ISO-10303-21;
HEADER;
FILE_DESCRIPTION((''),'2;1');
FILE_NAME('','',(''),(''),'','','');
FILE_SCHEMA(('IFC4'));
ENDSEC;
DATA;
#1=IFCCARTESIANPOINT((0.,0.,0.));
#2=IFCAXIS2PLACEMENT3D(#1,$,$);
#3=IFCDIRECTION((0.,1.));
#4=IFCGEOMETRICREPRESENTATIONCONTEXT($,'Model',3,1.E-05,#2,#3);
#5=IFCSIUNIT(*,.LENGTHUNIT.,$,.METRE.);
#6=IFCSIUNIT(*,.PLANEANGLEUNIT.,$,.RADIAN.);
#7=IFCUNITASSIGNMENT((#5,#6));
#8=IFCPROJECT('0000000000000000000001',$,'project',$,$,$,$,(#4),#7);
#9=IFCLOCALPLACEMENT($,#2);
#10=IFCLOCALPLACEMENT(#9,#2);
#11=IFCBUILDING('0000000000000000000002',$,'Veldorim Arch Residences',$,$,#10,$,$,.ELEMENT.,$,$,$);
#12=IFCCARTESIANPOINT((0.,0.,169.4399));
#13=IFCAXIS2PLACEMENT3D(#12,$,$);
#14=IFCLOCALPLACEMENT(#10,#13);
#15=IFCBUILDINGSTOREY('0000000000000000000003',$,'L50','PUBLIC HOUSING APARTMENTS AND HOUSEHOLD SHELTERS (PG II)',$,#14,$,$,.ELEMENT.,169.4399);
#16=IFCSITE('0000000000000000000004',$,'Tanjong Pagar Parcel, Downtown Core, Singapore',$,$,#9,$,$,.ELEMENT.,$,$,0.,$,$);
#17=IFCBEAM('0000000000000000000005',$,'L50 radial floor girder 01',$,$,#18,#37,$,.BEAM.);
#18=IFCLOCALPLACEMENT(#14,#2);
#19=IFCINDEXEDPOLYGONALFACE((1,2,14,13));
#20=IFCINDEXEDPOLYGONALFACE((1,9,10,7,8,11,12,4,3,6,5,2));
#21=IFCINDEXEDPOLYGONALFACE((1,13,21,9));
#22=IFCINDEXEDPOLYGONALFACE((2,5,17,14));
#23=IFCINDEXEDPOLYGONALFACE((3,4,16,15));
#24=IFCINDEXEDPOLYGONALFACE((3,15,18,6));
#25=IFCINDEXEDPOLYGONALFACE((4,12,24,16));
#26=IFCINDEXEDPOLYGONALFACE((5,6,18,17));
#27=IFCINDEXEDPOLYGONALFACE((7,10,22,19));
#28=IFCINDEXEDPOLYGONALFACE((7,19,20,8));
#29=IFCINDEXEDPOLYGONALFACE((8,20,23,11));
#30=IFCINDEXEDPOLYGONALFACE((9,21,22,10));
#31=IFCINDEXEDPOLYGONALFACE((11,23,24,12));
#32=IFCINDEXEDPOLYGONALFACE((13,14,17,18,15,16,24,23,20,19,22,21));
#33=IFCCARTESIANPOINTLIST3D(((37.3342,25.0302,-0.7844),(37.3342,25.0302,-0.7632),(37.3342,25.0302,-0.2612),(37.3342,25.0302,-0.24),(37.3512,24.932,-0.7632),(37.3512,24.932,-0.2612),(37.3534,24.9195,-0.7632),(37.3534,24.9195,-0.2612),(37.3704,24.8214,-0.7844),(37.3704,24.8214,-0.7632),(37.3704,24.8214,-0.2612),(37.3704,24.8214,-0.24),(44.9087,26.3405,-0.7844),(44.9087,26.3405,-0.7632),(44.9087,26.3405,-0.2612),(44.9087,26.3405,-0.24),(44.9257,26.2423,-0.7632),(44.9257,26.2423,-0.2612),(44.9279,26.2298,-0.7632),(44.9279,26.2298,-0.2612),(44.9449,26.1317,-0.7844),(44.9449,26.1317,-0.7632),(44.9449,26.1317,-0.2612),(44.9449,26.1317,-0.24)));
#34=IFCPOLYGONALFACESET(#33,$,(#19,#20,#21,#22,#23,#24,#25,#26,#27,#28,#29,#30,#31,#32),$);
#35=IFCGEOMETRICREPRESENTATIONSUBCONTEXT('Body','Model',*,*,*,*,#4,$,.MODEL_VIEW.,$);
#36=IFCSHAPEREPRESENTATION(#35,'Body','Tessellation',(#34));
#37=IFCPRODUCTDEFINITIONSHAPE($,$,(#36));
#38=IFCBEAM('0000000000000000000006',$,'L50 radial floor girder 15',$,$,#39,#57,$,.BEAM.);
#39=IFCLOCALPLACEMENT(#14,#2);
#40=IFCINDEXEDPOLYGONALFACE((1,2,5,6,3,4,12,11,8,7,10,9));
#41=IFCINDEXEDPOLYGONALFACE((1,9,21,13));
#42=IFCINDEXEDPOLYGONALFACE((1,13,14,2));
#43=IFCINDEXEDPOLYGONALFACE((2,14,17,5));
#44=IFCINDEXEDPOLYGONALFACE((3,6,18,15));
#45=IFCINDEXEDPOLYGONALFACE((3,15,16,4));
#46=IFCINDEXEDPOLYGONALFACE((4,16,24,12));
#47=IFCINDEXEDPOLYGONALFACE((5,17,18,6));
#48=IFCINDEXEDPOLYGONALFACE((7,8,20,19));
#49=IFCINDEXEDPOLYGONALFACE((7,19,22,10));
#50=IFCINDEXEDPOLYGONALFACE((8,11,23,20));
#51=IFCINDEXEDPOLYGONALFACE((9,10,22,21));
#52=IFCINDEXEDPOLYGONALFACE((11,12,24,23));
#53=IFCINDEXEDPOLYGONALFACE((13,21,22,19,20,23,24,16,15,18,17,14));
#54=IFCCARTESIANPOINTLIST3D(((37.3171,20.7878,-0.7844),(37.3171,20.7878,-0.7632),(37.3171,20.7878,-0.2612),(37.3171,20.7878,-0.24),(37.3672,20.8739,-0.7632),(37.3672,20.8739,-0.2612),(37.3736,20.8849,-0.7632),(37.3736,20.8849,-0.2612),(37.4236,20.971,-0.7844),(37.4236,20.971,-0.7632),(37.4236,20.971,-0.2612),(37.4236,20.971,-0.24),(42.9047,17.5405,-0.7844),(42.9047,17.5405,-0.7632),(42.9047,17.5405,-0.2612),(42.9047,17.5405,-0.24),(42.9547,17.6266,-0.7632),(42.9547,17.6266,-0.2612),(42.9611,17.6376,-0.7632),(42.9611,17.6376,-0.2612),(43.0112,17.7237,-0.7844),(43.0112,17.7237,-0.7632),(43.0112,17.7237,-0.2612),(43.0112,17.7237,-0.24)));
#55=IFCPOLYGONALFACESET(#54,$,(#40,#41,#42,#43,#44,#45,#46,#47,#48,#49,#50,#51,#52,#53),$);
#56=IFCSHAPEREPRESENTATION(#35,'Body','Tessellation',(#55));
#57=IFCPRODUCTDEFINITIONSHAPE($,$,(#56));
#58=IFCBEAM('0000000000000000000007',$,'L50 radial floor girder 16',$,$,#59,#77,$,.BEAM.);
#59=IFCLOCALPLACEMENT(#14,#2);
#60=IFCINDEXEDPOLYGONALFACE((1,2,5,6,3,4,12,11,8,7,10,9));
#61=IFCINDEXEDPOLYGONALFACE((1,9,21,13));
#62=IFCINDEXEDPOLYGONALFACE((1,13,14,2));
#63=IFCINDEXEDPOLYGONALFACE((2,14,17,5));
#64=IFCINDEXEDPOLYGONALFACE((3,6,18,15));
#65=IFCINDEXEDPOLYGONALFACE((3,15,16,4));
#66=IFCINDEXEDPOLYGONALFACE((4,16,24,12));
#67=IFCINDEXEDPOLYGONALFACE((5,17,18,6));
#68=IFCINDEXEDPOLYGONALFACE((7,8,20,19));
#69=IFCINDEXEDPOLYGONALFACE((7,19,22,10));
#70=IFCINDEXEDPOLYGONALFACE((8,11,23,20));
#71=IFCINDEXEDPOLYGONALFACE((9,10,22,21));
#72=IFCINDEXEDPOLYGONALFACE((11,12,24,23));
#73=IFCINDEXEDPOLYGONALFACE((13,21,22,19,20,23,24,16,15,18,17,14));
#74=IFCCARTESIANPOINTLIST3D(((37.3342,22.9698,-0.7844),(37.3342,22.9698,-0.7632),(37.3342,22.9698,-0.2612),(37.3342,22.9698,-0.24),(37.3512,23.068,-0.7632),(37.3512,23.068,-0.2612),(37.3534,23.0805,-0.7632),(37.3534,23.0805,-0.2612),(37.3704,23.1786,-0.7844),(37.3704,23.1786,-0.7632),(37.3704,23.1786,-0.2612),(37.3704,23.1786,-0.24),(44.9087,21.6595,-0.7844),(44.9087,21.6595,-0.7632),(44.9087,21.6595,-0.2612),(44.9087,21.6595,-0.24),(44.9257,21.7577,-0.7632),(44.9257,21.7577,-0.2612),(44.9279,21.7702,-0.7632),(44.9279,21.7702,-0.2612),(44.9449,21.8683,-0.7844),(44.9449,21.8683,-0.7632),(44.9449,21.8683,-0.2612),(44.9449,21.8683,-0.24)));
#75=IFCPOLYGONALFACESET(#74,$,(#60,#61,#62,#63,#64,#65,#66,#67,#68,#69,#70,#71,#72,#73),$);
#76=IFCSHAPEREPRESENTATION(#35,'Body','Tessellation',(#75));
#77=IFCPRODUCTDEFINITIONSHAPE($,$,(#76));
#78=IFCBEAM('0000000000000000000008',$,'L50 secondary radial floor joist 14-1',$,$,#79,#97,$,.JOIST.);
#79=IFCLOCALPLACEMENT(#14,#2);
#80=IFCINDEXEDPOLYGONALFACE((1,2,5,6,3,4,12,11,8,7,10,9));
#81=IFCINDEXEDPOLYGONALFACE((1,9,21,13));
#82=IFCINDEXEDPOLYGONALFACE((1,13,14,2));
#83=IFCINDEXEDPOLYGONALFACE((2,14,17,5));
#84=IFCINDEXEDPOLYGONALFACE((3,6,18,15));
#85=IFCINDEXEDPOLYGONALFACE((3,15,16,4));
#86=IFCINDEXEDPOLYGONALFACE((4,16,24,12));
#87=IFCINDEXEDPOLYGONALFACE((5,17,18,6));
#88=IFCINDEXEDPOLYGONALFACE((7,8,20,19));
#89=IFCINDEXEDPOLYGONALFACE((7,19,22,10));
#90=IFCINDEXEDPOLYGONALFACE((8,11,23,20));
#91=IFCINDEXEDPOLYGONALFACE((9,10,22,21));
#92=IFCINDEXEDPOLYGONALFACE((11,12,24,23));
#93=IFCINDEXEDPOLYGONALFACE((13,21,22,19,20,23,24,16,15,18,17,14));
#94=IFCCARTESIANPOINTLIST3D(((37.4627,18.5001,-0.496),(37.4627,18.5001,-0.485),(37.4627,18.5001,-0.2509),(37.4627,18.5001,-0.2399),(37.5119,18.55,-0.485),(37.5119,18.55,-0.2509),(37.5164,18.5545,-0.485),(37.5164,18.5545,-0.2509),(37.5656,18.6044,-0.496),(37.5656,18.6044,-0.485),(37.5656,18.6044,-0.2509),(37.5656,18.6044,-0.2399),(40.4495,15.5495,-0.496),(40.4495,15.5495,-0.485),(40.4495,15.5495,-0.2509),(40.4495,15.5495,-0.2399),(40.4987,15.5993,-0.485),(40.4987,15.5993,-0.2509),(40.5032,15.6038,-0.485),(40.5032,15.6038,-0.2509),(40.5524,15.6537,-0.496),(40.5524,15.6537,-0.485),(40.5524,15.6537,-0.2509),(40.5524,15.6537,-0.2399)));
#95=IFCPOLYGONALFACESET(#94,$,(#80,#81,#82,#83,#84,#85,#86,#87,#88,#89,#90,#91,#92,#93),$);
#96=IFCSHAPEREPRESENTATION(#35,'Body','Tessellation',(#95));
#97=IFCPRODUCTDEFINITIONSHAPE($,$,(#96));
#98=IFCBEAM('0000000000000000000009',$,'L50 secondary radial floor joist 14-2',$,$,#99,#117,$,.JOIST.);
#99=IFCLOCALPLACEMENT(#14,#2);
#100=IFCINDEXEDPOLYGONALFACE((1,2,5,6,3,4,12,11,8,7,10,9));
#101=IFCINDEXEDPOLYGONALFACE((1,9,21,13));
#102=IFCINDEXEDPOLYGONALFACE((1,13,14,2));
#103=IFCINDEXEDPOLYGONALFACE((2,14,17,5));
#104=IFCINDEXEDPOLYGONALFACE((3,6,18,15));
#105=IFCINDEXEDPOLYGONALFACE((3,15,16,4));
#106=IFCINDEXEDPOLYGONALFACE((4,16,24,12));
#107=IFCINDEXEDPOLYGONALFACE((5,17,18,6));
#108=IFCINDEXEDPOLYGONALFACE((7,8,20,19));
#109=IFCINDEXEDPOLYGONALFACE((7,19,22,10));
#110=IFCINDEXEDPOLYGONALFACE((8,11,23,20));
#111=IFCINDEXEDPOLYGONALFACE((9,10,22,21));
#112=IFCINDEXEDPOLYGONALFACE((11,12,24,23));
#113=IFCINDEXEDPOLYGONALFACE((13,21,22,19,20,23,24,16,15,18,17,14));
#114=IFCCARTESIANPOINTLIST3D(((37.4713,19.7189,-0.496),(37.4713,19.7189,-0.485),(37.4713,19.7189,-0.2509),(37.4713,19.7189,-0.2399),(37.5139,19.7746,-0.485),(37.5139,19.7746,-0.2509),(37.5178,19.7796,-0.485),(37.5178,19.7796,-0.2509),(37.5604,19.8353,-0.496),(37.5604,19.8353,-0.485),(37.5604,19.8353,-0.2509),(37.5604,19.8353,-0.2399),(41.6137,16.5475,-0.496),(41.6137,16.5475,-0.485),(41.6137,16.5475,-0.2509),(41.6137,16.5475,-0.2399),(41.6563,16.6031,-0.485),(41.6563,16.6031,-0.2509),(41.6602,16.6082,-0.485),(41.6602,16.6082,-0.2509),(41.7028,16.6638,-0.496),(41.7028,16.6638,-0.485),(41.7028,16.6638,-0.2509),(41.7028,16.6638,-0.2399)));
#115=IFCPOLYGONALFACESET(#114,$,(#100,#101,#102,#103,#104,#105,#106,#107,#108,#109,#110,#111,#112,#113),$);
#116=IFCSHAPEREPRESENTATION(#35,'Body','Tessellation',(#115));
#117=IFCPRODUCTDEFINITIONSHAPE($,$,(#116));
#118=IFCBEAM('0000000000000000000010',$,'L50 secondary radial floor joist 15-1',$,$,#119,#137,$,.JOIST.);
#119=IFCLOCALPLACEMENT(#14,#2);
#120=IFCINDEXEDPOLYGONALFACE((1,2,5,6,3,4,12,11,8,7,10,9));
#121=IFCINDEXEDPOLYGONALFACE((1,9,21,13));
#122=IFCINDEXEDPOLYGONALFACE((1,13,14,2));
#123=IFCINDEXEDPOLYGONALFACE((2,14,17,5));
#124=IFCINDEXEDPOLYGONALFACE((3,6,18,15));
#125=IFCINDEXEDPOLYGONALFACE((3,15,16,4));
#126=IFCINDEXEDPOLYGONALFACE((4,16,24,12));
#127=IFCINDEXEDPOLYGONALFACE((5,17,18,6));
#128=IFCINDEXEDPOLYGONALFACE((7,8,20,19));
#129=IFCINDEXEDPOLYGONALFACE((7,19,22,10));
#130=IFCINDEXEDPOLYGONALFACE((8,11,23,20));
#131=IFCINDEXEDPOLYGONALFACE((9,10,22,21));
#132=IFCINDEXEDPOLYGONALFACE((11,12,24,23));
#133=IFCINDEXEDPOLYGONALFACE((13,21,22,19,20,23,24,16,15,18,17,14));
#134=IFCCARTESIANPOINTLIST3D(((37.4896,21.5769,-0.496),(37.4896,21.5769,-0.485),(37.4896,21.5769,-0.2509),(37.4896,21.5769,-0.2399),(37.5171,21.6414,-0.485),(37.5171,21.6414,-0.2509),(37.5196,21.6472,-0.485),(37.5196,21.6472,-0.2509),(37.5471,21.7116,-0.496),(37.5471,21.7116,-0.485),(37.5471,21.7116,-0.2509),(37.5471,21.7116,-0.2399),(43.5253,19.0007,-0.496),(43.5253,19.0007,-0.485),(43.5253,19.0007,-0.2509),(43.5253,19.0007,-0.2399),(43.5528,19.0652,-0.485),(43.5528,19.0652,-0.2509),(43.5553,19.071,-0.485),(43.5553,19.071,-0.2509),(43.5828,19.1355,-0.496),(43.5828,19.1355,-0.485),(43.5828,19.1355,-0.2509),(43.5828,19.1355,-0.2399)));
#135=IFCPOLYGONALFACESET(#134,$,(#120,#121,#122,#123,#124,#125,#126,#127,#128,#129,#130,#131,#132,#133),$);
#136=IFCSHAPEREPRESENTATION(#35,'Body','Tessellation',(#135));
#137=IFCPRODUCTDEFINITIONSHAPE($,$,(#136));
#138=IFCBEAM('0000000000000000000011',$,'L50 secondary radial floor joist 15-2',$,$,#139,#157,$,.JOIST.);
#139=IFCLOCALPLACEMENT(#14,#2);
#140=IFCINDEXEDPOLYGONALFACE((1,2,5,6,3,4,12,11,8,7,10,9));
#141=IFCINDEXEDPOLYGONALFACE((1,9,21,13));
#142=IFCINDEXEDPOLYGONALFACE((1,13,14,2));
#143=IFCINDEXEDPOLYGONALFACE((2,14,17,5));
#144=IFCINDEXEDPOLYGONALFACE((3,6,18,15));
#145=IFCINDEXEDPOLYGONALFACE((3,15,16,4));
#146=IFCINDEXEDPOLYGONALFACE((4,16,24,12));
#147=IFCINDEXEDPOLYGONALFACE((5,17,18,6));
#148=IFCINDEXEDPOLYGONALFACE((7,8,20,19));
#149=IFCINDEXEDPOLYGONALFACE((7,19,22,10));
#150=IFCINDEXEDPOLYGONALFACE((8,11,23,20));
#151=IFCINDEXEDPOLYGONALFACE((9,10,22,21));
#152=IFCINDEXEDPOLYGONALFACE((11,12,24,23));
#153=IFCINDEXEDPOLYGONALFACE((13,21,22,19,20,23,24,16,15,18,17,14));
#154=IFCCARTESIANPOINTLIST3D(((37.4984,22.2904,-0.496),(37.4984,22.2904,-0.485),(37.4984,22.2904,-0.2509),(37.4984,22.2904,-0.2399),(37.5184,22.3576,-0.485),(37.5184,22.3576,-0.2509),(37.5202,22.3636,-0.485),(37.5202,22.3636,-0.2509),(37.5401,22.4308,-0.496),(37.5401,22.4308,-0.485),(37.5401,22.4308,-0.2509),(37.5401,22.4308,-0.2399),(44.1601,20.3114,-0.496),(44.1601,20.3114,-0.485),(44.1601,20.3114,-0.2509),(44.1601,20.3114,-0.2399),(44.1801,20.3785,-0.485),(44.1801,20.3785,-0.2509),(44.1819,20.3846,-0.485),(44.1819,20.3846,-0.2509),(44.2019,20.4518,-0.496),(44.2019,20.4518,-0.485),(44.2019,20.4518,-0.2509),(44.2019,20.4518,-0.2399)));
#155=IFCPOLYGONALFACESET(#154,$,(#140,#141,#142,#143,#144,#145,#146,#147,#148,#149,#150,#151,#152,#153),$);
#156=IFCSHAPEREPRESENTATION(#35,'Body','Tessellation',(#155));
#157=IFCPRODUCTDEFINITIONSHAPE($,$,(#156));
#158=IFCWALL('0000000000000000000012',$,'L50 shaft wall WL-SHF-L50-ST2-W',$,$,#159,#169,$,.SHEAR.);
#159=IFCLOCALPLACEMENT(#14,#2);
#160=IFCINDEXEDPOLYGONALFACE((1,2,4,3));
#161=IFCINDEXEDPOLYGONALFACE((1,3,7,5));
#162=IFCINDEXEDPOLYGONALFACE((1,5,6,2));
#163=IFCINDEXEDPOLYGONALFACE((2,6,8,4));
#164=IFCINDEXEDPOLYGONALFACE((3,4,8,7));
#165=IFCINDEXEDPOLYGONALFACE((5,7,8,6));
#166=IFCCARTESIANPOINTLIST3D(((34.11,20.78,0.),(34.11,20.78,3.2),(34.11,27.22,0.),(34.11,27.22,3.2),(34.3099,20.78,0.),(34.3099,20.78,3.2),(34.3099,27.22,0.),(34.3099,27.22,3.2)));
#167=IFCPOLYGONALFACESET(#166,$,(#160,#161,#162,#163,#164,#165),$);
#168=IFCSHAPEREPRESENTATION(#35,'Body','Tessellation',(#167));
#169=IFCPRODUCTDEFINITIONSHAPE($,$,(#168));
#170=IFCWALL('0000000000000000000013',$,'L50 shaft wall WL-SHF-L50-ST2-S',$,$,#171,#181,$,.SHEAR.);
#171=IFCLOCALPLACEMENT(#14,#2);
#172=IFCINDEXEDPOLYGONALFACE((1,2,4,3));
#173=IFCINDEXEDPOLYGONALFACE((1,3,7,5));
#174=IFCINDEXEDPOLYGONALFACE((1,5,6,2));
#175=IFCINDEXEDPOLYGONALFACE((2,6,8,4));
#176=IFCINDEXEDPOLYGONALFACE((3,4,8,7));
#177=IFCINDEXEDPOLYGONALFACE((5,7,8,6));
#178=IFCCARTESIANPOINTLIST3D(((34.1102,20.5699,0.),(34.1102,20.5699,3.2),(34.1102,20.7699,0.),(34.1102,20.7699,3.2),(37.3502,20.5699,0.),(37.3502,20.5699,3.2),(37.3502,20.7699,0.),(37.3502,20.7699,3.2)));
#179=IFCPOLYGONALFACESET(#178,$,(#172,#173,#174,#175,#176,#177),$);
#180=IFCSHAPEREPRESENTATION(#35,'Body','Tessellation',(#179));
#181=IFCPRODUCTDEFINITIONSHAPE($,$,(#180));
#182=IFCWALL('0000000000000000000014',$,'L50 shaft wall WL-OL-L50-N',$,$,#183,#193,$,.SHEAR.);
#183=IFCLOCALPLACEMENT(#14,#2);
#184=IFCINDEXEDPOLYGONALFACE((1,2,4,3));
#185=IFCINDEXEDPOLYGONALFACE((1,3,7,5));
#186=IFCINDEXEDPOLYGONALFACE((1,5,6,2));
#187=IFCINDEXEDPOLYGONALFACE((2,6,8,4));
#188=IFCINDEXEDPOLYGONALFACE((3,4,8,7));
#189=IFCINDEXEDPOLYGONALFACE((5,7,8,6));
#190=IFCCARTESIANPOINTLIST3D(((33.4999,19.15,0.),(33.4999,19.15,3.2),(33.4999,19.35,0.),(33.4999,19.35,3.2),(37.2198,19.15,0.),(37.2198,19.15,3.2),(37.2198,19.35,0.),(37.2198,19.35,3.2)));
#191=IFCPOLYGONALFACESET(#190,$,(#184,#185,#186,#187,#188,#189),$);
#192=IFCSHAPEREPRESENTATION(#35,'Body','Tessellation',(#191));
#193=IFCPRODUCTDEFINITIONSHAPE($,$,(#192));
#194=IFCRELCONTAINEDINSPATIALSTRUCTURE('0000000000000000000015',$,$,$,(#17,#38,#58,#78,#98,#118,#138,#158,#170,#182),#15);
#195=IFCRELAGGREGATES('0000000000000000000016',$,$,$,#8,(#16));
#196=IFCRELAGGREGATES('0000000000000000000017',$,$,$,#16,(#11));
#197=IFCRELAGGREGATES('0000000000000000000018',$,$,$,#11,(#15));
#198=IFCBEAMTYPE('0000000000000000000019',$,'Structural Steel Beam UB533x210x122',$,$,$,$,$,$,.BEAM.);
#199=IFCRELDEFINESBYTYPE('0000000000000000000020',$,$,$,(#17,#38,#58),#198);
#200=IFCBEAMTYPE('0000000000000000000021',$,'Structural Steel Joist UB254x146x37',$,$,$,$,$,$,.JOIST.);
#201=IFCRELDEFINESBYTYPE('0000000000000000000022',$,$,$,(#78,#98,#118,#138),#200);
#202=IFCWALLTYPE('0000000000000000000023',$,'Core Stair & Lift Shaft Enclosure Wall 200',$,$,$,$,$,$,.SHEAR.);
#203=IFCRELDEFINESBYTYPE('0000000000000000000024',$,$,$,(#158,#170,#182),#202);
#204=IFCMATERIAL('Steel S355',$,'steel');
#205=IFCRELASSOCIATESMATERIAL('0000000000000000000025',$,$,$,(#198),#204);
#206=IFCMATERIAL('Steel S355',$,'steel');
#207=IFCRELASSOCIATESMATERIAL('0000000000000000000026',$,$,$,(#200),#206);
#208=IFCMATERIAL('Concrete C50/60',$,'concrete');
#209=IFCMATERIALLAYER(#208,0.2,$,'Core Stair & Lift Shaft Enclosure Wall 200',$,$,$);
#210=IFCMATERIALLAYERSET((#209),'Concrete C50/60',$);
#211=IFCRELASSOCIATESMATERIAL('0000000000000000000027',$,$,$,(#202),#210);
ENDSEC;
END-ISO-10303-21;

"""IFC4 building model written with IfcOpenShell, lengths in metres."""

from ifc_helpers import new_model, si_unit, direction, frame, frame_2d, origin, origin_2d, place, context, subcontext, project, spatial, rectangle, i_section, extrude, material, layer, layer_set, material_profile, profile_set, type_object, element, save


model = new_model("IFC4")

# Units and contexts
model_context = context("Model", 3, precision=1e-05, world=origin(), true_north=direction((0.0, 1.0)))
body_context = subcontext(model_context, "Body", "Model", "MODEL_VIEW")
ifc_project = project(units=[si_unit("LENGTHUNIT", "METRE"), si_unit("PLANEANGLEUNIT", "RADIAN")], contexts=[model_context])

# Site, building, storey
site_placement = place(None, origin())
site = spatial("IfcSite", under=ifc_project, at=site_placement, Name="Tanjong Pagar Parcel, Downtown Core, Singapore", CompositionType="ELEMENT", RefElevation=0.0)
building_placement = place(site_placement, origin())
building = spatial("IfcBuilding", under=site, at=building_placement, Name="Veldorim Arch Residences", CompositionType="ELEMENT")
storey_placement = place(building_placement, frame((0.0, 0.0, 169.4399)))
storey = spatial("IfcBuildingStorey", under=building, at=storey_placement, Name="L50", Description="PUBLIC HOUSING APARTMENTS AND HOUSEHOLD SHELTERS (PG II)", CompositionType="ELEMENT", Elevation=169.4399)

# Beams
ifc_material_1 = material(Name="Steel S355", Category="steel")
ifc_material_profile_1 = material_profile(ifc_material_1, i_section(OverallWidth=0.2119, OverallDepth=0.5444, WebThickness=0.0127, FlangeThickness=0.0212, at=origin_2d()), Name="UB533x210x122")
ifc_profile_set_1 = profile_set([ifc_material_profile_1], Name="Steel S355")
beam_type_1 = type_object("IfcBeamType", Name="Structural Steel Beam UB533x210x122", PredefinedType="BEAM", material=ifc_profile_set_1)
beam_1_placement = place(storey_placement, frame((37.3523, 24.9258, -0.5122), z_axis=(0.985365, 0.170458, 0.0), x_axis=(-0.170458, 0.985365, 0.0)))
element("IfcBeam", 1, at=beam_1_placement, inside=storey, type_object=beam_type_1, Name="L50 radial floor girder 01", PredefinedType="BEAM", context=body_context, shape_type="SweptSolid", body=[
    extrude(i_section(OverallWidth=0.2119, OverallDepth=0.5444, WebThickness=0.0127, FlangeThickness=0.0212, at=origin_2d()), origin(), (0.0, 0.0, 1.0), 7.687),
])
beam_2_placement = place(storey_placement, frame((37.3704, 20.8794, -0.5122), z_axis=(0.864596, -0.502468, 0.0), x_axis=(0.502468, 0.864596, 0.0)))
element("IfcBeam", 2, at=beam_2_placement, inside=storey, type_object=beam_type_1, Name="L50 radial floor girder 15", PredefinedType="BEAM", context=body_context, shape_type="SweptSolid", body=[
    extrude(i_section(OverallWidth=0.2119, OverallDepth=0.5444, WebThickness=0.0127, FlangeThickness=0.0212, at=origin_2d()), origin(), (0.0, 0.0, 1.0), 6.4626),
])
beam_3_placement = place(storey_placement, frame((37.3523, 23.0742, -0.5122), z_axis=(0.985365, -0.170458, 0.0), x_axis=(0.170458, 0.985365, 0.0)))
element("IfcBeam", 3, at=beam_3_placement, inside=storey, type_object=beam_type_1, Name="L50 radial floor girder 16", PredefinedType="BEAM", context=body_context, shape_type="SweptSolid", body=[
    extrude(i_section(OverallWidth=0.2119, OverallDepth=0.5444, WebThickness=0.0127, FlangeThickness=0.0212, at=origin_2d()), origin(), (0.0, 0.0, 1.0), 7.687),
])
ifc_material_2 = material(Name="Steel S355", Category="steel")
ifc_material_profile_2 = material_profile(ifc_material_2, i_section(OverallWidth=0.1465, OverallDepth=0.2561, WebThickness=0.0063, FlangeThickness=0.011, at=origin_2d()), Name="UB254x146x37")
ifc_profile_set_2 = profile_set([ifc_material_profile_2], Name="Steel S355")
beam_type_2 = type_object("IfcBeamType", Name="Structural Steel Joist UB254x146x37", PredefinedType="JOIST", material=ifc_profile_set_2)
beam_4_placement = place(storey_placement, frame((37.5142, 18.5522, -0.3679), z_axis=(0.711397, -0.702791, 0.0), x_axis=(0.702791, 0.711397, 0.0)))
element("IfcBeam", 4, at=beam_4_placement, inside=storey, type_object=beam_type_2, Name="L50 secondary radial floor joist 14-1", PredefinedType="JOIST", context=body_context, shape_type="SweptSolid", body=[
    extrude(i_section(OverallWidth=0.1465, OverallDepth=0.2561, WebThickness=0.0063, FlangeThickness=0.011, at=origin_2d()), origin(), (0.0, 0.0, 1.0), 4.1985),
])
beam_5_placement = place(storey_placement, frame((37.5159, 19.7771, -0.3679), z_axis=(0.794014, -0.6079, 0.0), x_axis=(0.6079, 0.794014, 0.0)))
element("IfcBeam", 5, at=beam_5_placement, inside=storey, type_object=beam_type_2, Name="L50 secondary radial floor joist 14-2", PredefinedType="JOIST", context=body_context, shape_type="SweptSolid", body=[
    extrude(i_section(OverallWidth=0.1465, OverallDepth=0.2561, WebThickness=0.0063, FlangeThickness=0.011, at=origin_2d()), origin(), (0.0, 0.0, 1.0), 5.217),
])
beam_6_placement = place(storey_placement, frame((37.5183, 21.6443, -0.3679), z_axis=(0.919725, -0.392563, 0.0), x_axis=(0.392563, 0.919725, 0.0)))
element("IfcBeam", 6, at=beam_6_placement, inside=storey, type_object=beam_type_2, Name="L50 secondary radial floor joist 15-1", PredefinedType="JOIST", context=body_context, shape_type="SweptSolid", body=[
    extrude(i_section(OverallWidth=0.1465, OverallDepth=0.2561, WebThickness=0.0063, FlangeThickness=0.011, at=origin_2d()), origin(), (0.0, 0.0, 1.0), 6.5625),
])
beam_7_placement = place(storey_placement, frame((37.5193, 22.3606, -0.3679), z_axis=(0.958594, -0.284775, 0.0), x_axis=(0.284775, 0.958594, 0.0)))
element("IfcBeam", 7, at=beam_7_placement, inside=storey, type_object=beam_type_2, Name="L50 secondary radial floor joist 15-2", PredefinedType="JOIST", context=body_context, shape_type="SweptSolid", body=[
    extrude(i_section(OverallWidth=0.1465, OverallDepth=0.2561, WebThickness=0.0063, FlangeThickness=0.011, at=origin_2d()), origin(), (0.0, 0.0, 1.0), 6.9495),
])

# Walls
ifc_material_3 = material(Name="Concrete C50/60", Category="concrete")
ifc_layer = layer(ifc_material_3, 0.2, Name="Core Stair & Lift Shaft Enclosure Wall 200")
ifc_layer_set = layer_set([ifc_layer], Name="Concrete C50/60")
wall_type = type_object("IfcWallType", Name="Core Stair & Lift Shaft Enclosure Wall 200", PredefinedType="SHEAR", material=ifc_layer_set)
wall_1_placement = place(storey_placement, frame((34.21, 20.78, 0.0), z_axis=(0.0, 0.0, 1.0), x_axis=(0.0, 1.0, 0.0)))
element("IfcWall", 8, at=wall_1_placement, inside=storey, type_object=wall_type, Name="L50 shaft wall WL-SHF-L50-ST2-W", PredefinedType="SHEAR", context=body_context, shape_type="SweptSolid", body=[
    extrude(rectangle(XDim=6.4399, YDim=0.2, at=frame_2d((3.22, 0.0))), origin(), (0.0, 0.0, 1.0), 3.2),
])
wall_2_placement = place(storey_placement, frame((34.1101, 20.6699, 0.0), z_axis=(0.0, 0.0, 1.0), x_axis=(1.0, 0.0, 0.0)))
element("IfcWall", 9, at=wall_2_placement, inside=storey, type_object=wall_type, Name="L50 shaft wall WL-SHF-L50-ST2-S", PredefinedType="SHEAR", context=body_context, shape_type="SweptSolid", body=[
    extrude(rectangle(XDim=3.24, YDim=0.2, at=frame_2d((1.6201, 0.0))), origin(), (0.0, 0.0, 1.0), 3.2),
])
wall_3_placement = place(storey_placement, frame((33.5, 19.25, 0.0), z_axis=(0.0, 0.0, 1.0), x_axis=(1.0, 0.0, 0.0)))
element("IfcWall", 10, at=wall_3_placement, inside=storey, type_object=wall_type, Name="L50 shaft wall WL-OL-L50-N", PredefinedType="SHEAR", context=body_context, shape_type="SweptSolid", body=[
    extrude(rectangle(XDim=3.72, YDim=0.2, at=frame_2d((1.8599, 0.0))), origin(), (0.0, 0.0, 1.0), 3.2),
])

save(model, "model.ifc")
